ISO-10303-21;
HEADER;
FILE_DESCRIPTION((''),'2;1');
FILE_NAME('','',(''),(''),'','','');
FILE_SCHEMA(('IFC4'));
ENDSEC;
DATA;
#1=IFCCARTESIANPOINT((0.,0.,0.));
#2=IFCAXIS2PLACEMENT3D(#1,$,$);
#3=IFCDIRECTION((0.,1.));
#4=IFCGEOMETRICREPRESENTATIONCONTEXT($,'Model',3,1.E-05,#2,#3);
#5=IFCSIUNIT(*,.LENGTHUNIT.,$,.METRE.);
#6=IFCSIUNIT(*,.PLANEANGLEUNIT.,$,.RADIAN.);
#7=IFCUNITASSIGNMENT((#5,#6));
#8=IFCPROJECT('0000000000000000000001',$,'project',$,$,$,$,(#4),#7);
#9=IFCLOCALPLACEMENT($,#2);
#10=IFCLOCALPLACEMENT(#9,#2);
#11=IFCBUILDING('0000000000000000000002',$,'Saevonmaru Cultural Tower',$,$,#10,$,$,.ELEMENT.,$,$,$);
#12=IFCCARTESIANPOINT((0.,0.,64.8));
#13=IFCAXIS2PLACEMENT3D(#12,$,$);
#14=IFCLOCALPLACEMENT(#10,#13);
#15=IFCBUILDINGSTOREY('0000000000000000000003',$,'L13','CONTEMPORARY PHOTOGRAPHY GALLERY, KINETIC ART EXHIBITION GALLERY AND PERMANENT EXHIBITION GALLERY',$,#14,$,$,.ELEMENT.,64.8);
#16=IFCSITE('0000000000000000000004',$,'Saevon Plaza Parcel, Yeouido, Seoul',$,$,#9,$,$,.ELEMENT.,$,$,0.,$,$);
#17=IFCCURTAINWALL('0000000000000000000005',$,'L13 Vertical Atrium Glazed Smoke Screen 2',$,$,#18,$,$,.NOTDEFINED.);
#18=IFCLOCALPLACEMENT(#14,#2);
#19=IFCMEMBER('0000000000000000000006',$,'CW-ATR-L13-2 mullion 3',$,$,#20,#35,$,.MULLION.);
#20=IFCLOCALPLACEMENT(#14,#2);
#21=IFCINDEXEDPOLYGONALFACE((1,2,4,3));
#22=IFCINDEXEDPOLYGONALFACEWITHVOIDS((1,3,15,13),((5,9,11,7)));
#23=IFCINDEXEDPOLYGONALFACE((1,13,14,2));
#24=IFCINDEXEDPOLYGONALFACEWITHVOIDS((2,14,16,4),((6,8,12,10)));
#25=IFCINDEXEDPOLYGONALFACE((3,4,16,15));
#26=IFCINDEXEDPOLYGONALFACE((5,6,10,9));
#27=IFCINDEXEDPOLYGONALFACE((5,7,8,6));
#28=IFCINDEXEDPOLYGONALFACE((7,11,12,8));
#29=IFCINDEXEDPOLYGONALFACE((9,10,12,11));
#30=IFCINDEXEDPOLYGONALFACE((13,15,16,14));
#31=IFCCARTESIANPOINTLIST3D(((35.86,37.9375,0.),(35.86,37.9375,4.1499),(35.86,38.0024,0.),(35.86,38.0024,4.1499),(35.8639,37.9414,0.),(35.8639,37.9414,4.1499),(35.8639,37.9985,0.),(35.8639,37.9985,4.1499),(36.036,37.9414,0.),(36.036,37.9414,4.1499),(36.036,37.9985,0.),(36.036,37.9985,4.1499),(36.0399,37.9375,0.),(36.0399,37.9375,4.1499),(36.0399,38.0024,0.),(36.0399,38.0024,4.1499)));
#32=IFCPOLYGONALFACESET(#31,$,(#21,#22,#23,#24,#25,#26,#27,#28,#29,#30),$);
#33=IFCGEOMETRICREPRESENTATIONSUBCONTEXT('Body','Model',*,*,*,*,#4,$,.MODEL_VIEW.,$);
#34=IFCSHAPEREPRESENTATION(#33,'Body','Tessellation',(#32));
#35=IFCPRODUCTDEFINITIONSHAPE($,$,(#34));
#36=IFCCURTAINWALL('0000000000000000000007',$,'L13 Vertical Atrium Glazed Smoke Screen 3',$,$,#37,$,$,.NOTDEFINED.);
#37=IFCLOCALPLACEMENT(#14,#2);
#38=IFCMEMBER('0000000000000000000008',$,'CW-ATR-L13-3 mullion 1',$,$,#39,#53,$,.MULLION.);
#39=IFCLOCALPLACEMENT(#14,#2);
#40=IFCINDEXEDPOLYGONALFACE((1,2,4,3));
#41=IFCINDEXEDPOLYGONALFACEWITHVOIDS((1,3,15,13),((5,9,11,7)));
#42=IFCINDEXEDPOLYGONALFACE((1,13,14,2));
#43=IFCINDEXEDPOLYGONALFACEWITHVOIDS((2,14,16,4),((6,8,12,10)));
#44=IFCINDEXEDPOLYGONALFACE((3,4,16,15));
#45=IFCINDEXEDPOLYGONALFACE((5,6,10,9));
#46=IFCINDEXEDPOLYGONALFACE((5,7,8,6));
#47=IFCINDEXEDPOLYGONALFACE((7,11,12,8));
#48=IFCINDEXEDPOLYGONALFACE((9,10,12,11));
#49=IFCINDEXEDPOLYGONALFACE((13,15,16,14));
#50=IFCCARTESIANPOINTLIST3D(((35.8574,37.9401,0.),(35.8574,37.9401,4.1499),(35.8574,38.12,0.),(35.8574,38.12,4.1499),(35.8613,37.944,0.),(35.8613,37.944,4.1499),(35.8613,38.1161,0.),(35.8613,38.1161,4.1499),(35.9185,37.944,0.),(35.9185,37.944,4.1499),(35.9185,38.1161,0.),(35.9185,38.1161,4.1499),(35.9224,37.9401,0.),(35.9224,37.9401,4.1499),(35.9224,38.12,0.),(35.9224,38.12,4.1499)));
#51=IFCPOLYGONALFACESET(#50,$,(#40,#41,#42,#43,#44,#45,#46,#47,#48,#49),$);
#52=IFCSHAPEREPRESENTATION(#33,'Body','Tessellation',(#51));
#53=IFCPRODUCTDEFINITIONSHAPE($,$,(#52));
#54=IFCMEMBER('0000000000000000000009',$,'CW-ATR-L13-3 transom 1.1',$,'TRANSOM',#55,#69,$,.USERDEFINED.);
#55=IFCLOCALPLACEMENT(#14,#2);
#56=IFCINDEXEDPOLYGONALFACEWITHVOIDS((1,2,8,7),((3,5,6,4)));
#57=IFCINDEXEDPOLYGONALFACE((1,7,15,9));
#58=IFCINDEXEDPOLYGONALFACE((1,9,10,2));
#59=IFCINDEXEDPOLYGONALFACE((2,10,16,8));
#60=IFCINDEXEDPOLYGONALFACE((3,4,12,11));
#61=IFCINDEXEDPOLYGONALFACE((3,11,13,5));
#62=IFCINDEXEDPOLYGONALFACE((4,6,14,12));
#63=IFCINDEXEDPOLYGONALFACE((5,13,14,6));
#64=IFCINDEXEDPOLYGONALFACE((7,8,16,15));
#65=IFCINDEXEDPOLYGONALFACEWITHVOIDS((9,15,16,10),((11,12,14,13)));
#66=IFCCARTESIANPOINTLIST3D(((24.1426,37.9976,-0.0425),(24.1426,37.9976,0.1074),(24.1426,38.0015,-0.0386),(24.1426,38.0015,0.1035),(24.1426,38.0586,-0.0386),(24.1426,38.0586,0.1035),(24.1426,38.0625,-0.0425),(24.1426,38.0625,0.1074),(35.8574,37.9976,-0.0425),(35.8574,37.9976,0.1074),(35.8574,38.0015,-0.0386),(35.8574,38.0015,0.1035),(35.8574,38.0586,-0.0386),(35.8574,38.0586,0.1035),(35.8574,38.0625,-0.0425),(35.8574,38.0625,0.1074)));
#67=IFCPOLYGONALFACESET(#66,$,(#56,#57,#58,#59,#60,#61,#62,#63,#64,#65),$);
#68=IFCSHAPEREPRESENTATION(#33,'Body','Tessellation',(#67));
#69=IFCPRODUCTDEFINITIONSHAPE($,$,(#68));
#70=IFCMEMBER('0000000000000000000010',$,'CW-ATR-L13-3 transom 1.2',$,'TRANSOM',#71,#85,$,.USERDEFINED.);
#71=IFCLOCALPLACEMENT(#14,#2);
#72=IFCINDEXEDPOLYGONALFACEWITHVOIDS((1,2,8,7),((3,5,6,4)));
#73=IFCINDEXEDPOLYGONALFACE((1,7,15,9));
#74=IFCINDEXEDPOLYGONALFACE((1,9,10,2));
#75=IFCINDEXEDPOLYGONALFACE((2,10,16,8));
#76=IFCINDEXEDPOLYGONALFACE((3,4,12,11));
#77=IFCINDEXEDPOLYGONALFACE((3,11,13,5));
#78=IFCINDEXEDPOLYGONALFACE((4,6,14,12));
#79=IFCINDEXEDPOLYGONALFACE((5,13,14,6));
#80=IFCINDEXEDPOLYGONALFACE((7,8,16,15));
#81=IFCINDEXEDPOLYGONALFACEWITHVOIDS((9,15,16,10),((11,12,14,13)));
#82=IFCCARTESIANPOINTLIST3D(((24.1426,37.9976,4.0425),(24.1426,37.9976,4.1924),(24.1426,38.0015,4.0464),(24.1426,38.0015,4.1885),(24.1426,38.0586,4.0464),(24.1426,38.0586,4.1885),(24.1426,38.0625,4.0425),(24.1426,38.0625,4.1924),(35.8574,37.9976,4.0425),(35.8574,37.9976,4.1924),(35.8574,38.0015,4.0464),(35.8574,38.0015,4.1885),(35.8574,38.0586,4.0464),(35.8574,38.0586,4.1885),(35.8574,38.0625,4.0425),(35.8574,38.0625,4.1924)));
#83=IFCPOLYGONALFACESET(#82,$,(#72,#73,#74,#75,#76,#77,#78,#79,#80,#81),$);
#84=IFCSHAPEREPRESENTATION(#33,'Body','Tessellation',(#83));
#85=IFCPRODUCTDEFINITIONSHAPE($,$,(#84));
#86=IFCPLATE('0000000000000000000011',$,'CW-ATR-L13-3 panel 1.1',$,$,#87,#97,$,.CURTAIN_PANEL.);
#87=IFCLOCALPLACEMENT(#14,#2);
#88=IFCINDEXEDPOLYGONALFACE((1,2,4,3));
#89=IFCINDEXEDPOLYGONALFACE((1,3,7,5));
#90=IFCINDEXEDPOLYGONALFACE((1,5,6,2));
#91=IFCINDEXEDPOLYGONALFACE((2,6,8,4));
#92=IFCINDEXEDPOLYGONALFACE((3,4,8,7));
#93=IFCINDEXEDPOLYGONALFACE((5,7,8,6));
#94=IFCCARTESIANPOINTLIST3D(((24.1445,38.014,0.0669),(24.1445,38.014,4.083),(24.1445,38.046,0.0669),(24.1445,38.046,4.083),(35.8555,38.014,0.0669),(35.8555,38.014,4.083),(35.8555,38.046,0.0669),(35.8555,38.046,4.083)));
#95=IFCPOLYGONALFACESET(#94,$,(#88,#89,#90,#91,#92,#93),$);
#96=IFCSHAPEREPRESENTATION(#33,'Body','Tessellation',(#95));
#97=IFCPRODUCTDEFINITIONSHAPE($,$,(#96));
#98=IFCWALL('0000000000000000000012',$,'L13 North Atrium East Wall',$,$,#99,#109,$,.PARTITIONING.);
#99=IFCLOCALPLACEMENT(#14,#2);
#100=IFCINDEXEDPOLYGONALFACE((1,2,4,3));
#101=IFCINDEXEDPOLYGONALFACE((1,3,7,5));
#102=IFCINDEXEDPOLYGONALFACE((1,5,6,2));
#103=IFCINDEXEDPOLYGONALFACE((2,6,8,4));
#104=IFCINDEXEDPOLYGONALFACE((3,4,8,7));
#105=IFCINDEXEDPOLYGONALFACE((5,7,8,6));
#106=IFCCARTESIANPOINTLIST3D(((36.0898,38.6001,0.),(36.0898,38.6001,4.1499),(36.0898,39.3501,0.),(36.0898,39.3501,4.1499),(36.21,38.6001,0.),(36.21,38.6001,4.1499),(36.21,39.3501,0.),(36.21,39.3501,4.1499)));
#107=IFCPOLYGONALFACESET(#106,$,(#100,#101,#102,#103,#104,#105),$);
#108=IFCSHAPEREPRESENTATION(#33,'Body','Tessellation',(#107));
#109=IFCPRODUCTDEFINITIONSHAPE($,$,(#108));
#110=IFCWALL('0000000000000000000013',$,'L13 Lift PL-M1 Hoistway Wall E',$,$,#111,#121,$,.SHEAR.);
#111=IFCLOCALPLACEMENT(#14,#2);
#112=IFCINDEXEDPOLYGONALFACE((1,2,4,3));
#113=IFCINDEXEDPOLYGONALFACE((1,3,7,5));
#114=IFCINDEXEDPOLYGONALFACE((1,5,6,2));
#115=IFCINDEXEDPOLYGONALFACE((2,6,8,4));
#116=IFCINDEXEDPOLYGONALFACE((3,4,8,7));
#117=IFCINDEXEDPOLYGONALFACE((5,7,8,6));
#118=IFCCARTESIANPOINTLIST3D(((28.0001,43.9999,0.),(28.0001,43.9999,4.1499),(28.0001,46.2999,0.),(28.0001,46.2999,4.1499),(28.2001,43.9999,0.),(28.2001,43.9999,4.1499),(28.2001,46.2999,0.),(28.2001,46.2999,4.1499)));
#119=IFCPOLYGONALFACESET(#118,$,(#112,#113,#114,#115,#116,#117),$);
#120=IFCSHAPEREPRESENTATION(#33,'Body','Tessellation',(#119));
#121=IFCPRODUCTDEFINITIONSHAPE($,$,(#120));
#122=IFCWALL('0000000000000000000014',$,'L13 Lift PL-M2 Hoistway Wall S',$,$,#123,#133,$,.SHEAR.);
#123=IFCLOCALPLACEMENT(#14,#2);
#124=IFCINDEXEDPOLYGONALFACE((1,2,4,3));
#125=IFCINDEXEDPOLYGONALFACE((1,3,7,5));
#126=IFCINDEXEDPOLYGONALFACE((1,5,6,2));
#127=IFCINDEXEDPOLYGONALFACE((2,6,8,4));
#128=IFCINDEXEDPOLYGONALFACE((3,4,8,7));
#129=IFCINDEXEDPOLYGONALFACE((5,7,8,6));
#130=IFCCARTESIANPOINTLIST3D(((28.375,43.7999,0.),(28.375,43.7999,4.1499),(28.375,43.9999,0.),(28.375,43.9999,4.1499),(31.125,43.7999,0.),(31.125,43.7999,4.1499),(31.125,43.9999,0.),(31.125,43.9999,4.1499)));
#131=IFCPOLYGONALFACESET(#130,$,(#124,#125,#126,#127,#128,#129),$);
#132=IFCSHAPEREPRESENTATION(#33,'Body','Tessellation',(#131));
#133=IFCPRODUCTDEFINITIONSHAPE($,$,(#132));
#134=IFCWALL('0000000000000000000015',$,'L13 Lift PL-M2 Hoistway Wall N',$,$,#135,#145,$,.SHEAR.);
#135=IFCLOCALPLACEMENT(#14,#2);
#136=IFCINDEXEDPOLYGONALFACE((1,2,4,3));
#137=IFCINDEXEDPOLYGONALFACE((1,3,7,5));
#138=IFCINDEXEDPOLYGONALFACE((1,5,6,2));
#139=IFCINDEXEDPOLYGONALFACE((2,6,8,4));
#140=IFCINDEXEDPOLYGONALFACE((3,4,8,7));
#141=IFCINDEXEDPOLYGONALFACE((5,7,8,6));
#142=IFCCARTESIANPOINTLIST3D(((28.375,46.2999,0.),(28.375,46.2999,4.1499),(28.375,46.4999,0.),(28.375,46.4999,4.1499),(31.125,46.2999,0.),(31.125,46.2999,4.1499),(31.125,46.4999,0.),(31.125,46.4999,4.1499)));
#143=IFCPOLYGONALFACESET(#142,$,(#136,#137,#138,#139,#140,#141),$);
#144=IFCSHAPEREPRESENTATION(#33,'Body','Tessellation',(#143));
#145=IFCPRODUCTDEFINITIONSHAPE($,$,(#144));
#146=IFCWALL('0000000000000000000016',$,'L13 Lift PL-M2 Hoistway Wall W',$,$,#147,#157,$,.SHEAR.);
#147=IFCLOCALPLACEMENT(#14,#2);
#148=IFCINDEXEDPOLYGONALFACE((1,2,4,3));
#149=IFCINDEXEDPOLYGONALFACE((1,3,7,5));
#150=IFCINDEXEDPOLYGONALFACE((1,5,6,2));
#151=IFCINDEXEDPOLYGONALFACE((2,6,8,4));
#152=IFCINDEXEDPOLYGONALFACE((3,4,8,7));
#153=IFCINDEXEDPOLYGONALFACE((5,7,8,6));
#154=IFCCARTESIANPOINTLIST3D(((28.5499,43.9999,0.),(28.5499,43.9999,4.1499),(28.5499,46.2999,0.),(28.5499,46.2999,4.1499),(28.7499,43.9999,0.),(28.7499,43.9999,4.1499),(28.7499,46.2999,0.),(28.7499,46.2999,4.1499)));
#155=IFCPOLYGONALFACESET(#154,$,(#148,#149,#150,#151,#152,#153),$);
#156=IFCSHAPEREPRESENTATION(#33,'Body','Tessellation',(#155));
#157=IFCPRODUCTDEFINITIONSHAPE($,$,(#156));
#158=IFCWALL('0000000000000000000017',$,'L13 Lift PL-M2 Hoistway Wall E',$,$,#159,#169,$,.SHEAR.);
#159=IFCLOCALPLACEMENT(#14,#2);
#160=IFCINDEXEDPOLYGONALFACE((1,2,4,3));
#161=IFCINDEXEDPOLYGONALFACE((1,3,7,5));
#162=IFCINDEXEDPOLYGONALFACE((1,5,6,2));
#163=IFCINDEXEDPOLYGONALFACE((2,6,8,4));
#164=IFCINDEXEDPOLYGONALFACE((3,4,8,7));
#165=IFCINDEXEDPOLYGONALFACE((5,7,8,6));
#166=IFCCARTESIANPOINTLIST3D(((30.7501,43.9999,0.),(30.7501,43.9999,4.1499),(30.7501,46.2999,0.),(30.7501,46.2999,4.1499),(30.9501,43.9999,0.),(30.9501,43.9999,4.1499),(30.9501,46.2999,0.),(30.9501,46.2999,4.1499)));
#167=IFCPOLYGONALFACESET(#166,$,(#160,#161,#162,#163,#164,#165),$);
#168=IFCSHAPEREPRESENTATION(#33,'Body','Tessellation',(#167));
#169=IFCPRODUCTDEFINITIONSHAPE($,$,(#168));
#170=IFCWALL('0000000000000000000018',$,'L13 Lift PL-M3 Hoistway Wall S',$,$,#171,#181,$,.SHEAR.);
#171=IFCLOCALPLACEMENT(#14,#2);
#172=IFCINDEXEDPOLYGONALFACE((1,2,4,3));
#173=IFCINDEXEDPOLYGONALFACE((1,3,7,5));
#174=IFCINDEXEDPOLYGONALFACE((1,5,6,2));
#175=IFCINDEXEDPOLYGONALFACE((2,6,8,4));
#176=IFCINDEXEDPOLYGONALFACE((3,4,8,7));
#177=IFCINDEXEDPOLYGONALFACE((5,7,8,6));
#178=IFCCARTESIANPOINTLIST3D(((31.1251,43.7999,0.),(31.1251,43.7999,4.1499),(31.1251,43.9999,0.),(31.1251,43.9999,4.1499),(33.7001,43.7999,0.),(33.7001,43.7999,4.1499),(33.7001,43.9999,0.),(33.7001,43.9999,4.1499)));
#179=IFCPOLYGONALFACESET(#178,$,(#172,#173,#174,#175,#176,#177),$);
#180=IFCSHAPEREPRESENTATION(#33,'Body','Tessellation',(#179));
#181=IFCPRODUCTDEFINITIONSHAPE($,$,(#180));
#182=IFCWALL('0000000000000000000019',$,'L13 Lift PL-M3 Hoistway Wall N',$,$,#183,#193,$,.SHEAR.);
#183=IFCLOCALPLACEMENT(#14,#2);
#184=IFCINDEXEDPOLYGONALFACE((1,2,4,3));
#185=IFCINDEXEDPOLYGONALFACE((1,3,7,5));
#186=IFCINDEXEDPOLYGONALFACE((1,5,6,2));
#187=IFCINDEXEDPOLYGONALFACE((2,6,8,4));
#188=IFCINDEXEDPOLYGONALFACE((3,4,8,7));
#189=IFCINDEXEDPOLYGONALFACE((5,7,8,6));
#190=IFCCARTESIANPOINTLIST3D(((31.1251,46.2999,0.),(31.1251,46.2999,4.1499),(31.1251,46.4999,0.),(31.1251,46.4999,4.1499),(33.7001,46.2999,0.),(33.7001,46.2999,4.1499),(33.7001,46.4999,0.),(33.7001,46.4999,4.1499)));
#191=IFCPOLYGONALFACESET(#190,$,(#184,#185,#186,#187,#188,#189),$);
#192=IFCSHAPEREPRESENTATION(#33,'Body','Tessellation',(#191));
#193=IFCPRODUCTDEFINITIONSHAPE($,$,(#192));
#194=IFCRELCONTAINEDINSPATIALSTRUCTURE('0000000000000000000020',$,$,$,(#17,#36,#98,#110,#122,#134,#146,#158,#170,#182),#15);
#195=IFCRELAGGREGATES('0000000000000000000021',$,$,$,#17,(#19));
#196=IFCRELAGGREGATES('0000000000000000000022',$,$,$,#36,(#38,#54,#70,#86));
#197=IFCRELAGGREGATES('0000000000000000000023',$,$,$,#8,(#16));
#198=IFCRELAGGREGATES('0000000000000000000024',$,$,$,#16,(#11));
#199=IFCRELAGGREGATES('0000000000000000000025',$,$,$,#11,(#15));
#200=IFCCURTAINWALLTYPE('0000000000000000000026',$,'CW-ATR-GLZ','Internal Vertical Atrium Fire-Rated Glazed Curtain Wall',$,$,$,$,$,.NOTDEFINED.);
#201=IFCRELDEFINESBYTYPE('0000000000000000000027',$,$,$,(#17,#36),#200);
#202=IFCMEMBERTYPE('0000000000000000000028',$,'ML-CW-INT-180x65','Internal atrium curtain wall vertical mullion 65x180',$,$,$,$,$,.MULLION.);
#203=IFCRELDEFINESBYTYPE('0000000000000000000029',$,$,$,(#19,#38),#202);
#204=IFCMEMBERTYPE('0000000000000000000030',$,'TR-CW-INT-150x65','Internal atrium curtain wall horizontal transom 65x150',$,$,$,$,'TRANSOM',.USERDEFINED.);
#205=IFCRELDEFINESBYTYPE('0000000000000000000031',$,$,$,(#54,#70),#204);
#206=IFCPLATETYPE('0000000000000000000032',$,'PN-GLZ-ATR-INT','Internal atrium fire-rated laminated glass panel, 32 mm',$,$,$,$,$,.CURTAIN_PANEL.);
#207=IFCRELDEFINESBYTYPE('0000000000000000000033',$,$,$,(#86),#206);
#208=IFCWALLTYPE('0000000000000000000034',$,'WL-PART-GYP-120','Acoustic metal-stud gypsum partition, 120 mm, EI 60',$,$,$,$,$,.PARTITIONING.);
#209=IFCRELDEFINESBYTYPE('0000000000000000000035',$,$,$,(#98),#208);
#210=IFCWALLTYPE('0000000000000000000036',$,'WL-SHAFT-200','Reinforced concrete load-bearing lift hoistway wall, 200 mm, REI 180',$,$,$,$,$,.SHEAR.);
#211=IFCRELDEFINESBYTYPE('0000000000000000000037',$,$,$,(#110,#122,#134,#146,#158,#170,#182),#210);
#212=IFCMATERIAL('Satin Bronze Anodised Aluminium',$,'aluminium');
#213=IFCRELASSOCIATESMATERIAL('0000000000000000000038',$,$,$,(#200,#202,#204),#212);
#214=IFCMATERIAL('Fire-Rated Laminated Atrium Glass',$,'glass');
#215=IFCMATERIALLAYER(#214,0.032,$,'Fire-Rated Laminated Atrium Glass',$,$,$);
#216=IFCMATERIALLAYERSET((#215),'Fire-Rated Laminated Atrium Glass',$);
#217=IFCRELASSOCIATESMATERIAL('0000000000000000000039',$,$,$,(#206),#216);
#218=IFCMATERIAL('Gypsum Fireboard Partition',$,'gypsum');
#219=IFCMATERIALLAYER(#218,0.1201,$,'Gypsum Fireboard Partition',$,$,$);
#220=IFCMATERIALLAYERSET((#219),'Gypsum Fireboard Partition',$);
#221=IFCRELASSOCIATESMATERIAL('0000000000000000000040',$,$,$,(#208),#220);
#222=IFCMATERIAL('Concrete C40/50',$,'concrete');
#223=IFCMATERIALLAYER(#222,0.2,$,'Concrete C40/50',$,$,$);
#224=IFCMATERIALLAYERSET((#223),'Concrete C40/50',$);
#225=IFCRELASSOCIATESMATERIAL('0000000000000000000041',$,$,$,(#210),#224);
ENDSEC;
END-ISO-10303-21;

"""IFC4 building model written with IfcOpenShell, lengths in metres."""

from ifc_helpers import new_model, si_unit, direction, frame, frame_2d, origin, origin_2d, place, context, subcontext, project, spatial, rectangle, hollow_rectangle, extrude, material, layer, layer_set, material_profile, profile_set, type_object, element, aggregate, save


model = new_model("IFC4")

# Units and contexts
model_context = context("Model", 3, precision=1e-05, world=origin(), true_north=direction((0.0, 1.0)))
body_context = subcontext(model_context, "Body", "Model", "MODEL_VIEW")
ifc_project = project(units=[si_unit("LENGTHUNIT", "METRE"), si_unit("PLANEANGLEUNIT", "RADIAN")], contexts=[model_context])

# Site, building, storey
site_placement = place(None, origin())
site = spatial("IfcSite", under=ifc_project, at=site_placement, Name="Saevon Plaza Parcel, Yeouido, Seoul", CompositionType="ELEMENT", RefElevation=0.0)
building_placement = place(site_placement, origin())
building = spatial("IfcBuilding", under=site, at=building_placement, Name="Saevonmaru Cultural Tower", CompositionType="ELEMENT")
storey_placement = place(building_placement, frame((0.0, 0.0, 64.8)))
storey = spatial("IfcBuildingStorey", under=building, at=storey_placement, Name="L13", Description="CONTEMPORARY PHOTOGRAPHY GALLERY, KINETIC ART EXHIBITION GALLERY AND PERMANENT EXHIBITION GALLERY", CompositionType="ELEMENT", Elevation=64.8)

# Curtain wall, member
ifc_material_1 = material(Name="Satin Bronze Anodised Aluminium", Category="aluminium")
curtain_wall_type = type_object("IfcCurtainWallType", Name="CW-ATR-GLZ", Description="Internal Vertical Atrium Fire-Rated Glazed Curtain Wall", PredefinedType="NOTDEFINED", material=ifc_material_1)
curtain_wall_1_placement = place(storey_placement, origin())
curtain_wall_1 = element("IfcCurtainWall", 1, at=curtain_wall_1_placement, inside=storey, type_object=curtain_wall_type, Name="L13 Vertical Atrium Glazed Smoke Screen 2", PredefinedType="NOTDEFINED")
ifc_material_profile_1 = material_profile(ifc_material_1, hollow_rectangle(XDim=0.0649, YDim=0.1799, WallThickness=0.0039, at=origin_2d()), Name="ALU-MULL-180x65x4")
ifc_profile_set_1 = profile_set([ifc_material_profile_1], Name="Satin Bronze Anodised Aluminium")
member_type_1 = type_object("IfcMemberType", Name="ML-CW-INT-180x65", Description="Internal atrium curtain wall vertical mullion 65x180", PredefinedType="MULLION", material=ifc_profile_set_1)
member_1_placement = place(storey_placement, frame((35.95, 37.97, 0.0), z_axis=(0.0, 0.0, 1.0), x_axis=(0.0, 1.0, 0.0)))
member_1 = element("IfcMember", 2, at=member_1_placement, type_object=member_type_1, Name="CW-ATR-L13-2 mullion 3", PredefinedType="MULLION", context=body_context, shape_type="SweptSolid", body=[
    extrude(hollow_rectangle(XDim=0.0649, YDim=0.1799, WallThickness=0.0039, at=origin_2d()), origin(), (0.0, 0.0, 1.0), 4.1499),
])
aggregate(curtain_wall_1, [member_1])

# Curtain wall, members, plate
curtain_wall_2_placement = place(storey_placement, origin())
curtain_wall_2 = element("IfcCurtainWall", 3, at=curtain_wall_2_placement, inside=storey, type_object=curtain_wall_type, Name="L13 Vertical Atrium Glazed Smoke Screen 3", PredefinedType="NOTDEFINED")
member_2_placement = place(storey_placement, frame((35.8899, 38.03, 0.0), z_axis=(0.0, 0.0, 1.0), x_axis=(-1.0, 0.0, 0.0)))
member_2 = element("IfcMember", 4, at=member_2_placement, type_object=member_type_1, Name="CW-ATR-L13-3 mullion 1", PredefinedType="MULLION", context=body_context, shape_type="SweptSolid", body=[
    extrude(hollow_rectangle(XDim=0.0649, YDim=0.1799, WallThickness=0.0039, at=origin_2d()), origin(), (0.0, 0.0, 1.0), 4.1499),
])
ifc_material_profile_2 = material_profile(ifc_material_1, hollow_rectangle(XDim=0.0649, YDim=0.1499, WallThickness=0.0039, at=origin_2d()), Name="ALU-TRAN-150x65x4")
ifc_profile_set_2 = profile_set([ifc_material_profile_2], Name="Satin Bronze Anodised Aluminium")
member_type_2 = type_object("IfcMemberType", Name="TR-CW-INT-150x65", Description="Internal atrium curtain wall horizontal transom 65x150", ElementType="TRANSOM", PredefinedType="USERDEFINED", material=ifc_profile_set_2)
member_3_placement = place(storey_placement, frame((35.8574, 38.03, 0.0325), z_axis=(-1.0, 0.0, 0.0), x_axis=(0.0, -1.0, 0.0)))
member_3 = element("IfcMember", 5, at=member_3_placement, type_object=member_type_2, Name="CW-ATR-L13-3 transom 1.1", ObjectType="TRANSOM", PredefinedType="USERDEFINED", context=body_context, shape_type="SweptSolid", body=[
    extrude(hollow_rectangle(XDim=0.0649, YDim=0.1499, WallThickness=0.0039, at=origin_2d()), origin(), (0.0, 0.0, 1.0), 11.7148),
])
member_4_placement = place(storey_placement, frame((35.8574, 38.03, 4.1174), z_axis=(-1.0, 0.0, 0.0), x_axis=(0.0, -1.0, 0.0)))
member_4 = element("IfcMember", 6, at=member_4_placement, type_object=member_type_2, Name="CW-ATR-L13-3 transom 1.2", ObjectType="TRANSOM", PredefinedType="USERDEFINED", context=body_context, shape_type="SweptSolid", body=[
    extrude(hollow_rectangle(XDim=0.0649, YDim=0.1499, WallThickness=0.0039, at=origin_2d()), origin(), (0.0, 0.0, 1.0), 11.7148),
])
ifc_material_2 = material(Name="Fire-Rated Laminated Atrium Glass", Category="glass")
ifc_layer_1 = layer(ifc_material_2, 0.032, Name="Fire-Rated Laminated Atrium Glass")
ifc_layer_set_1 = layer_set([ifc_layer_1], Name="Fire-Rated Laminated Atrium Glass")
plate_type = type_object("IfcPlateType", Name="PN-GLZ-ATR-INT", Description="Internal atrium fire-rated laminated glass panel, 32 mm", PredefinedType="CURTAIN_PANEL", material=ifc_layer_set_1)
plate_placement = place(storey_placement, frame((30.0, 38.03, 0.0669), z_axis=(0.0, 0.0, 1.0), x_axis=(-1.0, 0.0, 0.0)))
plate = element("IfcPlate", 7, at=plate_placement, type_object=plate_type, Name="CW-ATR-L13-3 panel 1.1", PredefinedType="CURTAIN_PANEL", context=body_context, shape_type="SweptSolid", body=[
    extrude(rectangle(XDim=11.7109, YDim=0.032, at=origin_2d()), origin(), (0.0, 0.0, 1.0), 4.0161),
])
aggregate(curtain_wall_2, [member_2, member_3, member_4, plate])

# Walls
ifc_material_3 = material(Name="Gypsum Fireboard Partition", Category="gypsum")
ifc_layer_2 = layer(ifc_material_3, 0.1201, Name="Gypsum Fireboard Partition")
ifc_layer_set_2 = layer_set([ifc_layer_2], Name="Gypsum Fireboard Partition")
wall_type_1 = type_object("IfcWallType", Name="WL-PART-GYP-120", Description="Acoustic metal-stud gypsum partition, 120 mm, EI 60", PredefinedType="PARTITIONING", material=ifc_layer_set_2)
wall_1_placement = place(storey_placement, frame((36.1499, 38.6001, 0.0), z_axis=(0.0, 0.0, 1.0), x_axis=(0.0, 1.0, 0.0)))
element("IfcWall", 8, at=wall_1_placement, inside=storey, type_object=wall_type_1, Name="L13 North Atrium East Wall", PredefinedType="PARTITIONING", context=body_context, shape_type="SweptSolid", body=[
    extrude(rectangle(XDim=0.75, YDim=0.1201, at=frame_2d((0.375, 0.0))), origin(), (0.0, 0.0, 1.0), 4.1499),
])
ifc_material_4 = material(Name="Concrete C40/50", Category="concrete")
ifc_layer_3 = layer(ifc_material_4, 0.2, Name="Concrete C40/50")
ifc_layer_set_3 = layer_set([ifc_layer_3], Name="Concrete C40/50")
wall_type_2 = type_object("IfcWallType", Name="WL-SHAFT-200", Description="Reinforced concrete load-bearing lift hoistway wall, 200 mm, REI 180", PredefinedType="SHEAR", material=ifc_layer_set_3)
wall_2_placement = place(storey_placement, frame((28.1001, 44.0, 0.0), z_axis=(0.0, 0.0, 1.0), x_axis=(0.0, 1.0, 0.0)))
element("IfcWall", 9, at=wall_2_placement, inside=storey, type_object=wall_type_2, Name="L13 Lift PL-M1 Hoistway Wall E", PredefinedType="SHEAR", context=body_context, shape_type="SweptSolid", body=[
    extrude(rectangle(XDim=2.3, YDim=0.2, at=frame_2d((1.1499, 0.0))), origin(), (0.0, 0.0, 1.0), 4.1499),
])
for number, where, z_axis, x_axis, name in (
    (10, (28.375, 43.8999, 0.0), (0.0, 0.0, 1.0), (1.0, 0.0, 0.0), "L13 Lift PL-M2 Hoistway Wall S"),
    (11, (28.375, 46.3999, 0.0), (0.0, 0.0, 1.0), (1.0, 0.0, 0.0), "L13 Lift PL-M2 Hoistway Wall N"),
):
    element("IfcWall", number, at=place(storey_placement, frame(where, z_axis=z_axis, x_axis=x_axis)), inside=storey, type_object=wall_type_2, Name=name, PredefinedType="SHEAR", context=body_context, shape_type="SweptSolid", body=[
        extrude(rectangle(XDim=2.75, YDim=0.2, at=frame_2d((1.375, 0.0))), origin(), (0.0, 0.0, 1.0), 4.1499),
    ])
for number, where, z_axis, x_axis, name in (
    (12, (28.6499, 44.0, 0.0), (0.0, 0.0, 1.0), (0.0, 1.0, 0.0), "L13 Lift PL-M2 Hoistway Wall W"),
    (13, (30.8501, 44.0, 0.0), (0.0, 0.0, 1.0), (0.0, 1.0, 0.0), "L13 Lift PL-M2 Hoistway Wall E"),
):
    element("IfcWall", number, at=place(storey_placement, frame(where, z_axis=z_axis, x_axis=x_axis)), inside=storey, type_object=wall_type_2, Name=name, PredefinedType="SHEAR", context=body_context, shape_type="SweptSolid", body=[
        extrude(rectangle(XDim=2.3, YDim=0.2, at=frame_2d((1.1499, 0.0))), origin(), (0.0, 0.0, 1.0), 4.1499),
    ])
for number, where, z_axis, x_axis, name in (
    (14, (31.125, 43.8999, 0.0), (0.0, 0.0, 1.0), (1.0, 0.0, 0.0), "L13 Lift PL-M3 Hoistway Wall S"),
    (15, (31.125, 46.3999, 0.0), (0.0, 0.0, 1.0), (1.0, 0.0, 0.0), "L13 Lift PL-M3 Hoistway Wall N"),
):
    element("IfcWall", number, at=place(storey_placement, frame(where, z_axis=z_axis, x_axis=x_axis)), inside=storey, type_object=wall_type_2, Name=name, PredefinedType="SHEAR", context=body_context, shape_type="SweptSolid", body=[
        extrude(rectangle(XDim=2.575, YDim=0.2, at=frame_2d((1.2876, 0.0))), origin(), (0.0, 0.0, 1.0), 4.1499),
    ])

save(model, "model.ifc")
